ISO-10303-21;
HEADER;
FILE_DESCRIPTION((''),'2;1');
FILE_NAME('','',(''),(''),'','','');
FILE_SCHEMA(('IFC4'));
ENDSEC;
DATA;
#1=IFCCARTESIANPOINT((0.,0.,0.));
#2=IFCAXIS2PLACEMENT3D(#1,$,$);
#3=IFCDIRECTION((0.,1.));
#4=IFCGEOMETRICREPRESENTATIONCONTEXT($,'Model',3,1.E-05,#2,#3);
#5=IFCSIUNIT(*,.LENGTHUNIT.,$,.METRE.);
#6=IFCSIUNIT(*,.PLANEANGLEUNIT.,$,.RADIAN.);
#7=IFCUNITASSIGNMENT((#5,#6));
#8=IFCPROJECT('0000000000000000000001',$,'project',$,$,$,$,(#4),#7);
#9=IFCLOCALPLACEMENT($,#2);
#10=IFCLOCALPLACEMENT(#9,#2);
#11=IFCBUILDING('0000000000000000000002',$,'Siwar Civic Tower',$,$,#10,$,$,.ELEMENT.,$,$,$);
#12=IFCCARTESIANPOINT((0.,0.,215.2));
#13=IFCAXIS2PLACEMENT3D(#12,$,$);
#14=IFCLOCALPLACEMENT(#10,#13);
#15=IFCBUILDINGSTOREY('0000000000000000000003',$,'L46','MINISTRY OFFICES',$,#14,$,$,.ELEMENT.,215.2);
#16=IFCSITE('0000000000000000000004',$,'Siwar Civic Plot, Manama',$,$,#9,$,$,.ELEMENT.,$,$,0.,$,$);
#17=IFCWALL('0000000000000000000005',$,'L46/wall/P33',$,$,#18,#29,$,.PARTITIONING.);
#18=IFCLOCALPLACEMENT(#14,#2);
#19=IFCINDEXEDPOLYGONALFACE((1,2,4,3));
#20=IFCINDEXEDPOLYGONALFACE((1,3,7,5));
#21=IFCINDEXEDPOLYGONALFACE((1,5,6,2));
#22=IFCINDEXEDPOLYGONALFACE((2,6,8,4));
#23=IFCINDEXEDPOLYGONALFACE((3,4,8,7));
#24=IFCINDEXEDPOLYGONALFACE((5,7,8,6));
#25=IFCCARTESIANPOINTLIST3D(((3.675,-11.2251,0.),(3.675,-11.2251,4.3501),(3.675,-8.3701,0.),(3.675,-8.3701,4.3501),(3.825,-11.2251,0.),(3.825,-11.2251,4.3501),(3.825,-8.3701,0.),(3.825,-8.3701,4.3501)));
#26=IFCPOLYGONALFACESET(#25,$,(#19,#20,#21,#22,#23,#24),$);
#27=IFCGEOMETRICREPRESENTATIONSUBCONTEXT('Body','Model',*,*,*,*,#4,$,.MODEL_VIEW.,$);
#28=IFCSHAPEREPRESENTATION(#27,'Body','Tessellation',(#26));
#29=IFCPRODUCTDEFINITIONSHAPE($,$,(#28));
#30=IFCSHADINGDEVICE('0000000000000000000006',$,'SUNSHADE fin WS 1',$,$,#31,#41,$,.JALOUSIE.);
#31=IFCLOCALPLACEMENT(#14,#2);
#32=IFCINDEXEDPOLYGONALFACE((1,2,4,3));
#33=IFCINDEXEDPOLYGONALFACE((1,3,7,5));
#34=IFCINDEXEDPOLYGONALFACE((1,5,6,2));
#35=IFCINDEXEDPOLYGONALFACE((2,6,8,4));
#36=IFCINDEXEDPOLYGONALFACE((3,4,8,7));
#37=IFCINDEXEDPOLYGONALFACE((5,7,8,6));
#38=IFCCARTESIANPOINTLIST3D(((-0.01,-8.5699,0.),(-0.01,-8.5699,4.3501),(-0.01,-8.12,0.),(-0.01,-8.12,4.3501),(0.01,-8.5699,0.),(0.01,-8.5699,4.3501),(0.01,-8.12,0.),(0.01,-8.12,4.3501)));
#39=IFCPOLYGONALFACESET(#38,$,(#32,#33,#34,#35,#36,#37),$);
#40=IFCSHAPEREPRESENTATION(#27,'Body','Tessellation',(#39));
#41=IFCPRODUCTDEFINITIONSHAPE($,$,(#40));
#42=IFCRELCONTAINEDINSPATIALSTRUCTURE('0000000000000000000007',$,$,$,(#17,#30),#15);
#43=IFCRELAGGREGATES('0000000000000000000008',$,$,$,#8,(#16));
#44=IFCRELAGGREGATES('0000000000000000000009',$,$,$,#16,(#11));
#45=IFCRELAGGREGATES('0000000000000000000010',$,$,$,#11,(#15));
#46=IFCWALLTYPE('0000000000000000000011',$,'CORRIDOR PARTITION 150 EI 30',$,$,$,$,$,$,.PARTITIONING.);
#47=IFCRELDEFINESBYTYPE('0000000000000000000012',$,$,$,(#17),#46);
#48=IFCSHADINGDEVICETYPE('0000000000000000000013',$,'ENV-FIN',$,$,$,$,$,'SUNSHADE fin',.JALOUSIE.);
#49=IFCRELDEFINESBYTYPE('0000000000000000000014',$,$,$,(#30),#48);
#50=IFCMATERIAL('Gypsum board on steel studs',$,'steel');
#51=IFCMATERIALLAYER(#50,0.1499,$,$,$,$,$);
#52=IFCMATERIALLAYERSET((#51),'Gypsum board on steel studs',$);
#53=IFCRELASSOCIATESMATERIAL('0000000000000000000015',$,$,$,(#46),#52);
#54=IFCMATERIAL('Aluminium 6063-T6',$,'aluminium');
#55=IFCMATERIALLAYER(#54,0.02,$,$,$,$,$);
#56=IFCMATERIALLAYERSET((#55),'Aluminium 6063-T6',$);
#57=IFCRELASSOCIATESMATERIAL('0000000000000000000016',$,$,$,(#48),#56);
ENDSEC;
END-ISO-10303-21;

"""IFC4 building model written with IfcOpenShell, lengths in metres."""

from ifc_helpers import new_model, si_unit, direction, frame, frame_2d, origin, origin_2d, place, context, subcontext, project, spatial, rectangle, extrude, material, layer, layer_set, type_object, element, save


model = new_model("IFC4")

# Units and contexts
model_context = context("Model", 3, precision=1e-05, world=origin(), true_north=direction((0.0, 1.0)))
body_context = subcontext(model_context, "Body", "Model", "MODEL_VIEW")
ifc_project = project(units=[si_unit("LENGTHUNIT", "METRE"), si_unit("PLANEANGLEUNIT", "RADIAN")], contexts=[model_context])

# Site, building, storey
site_placement = place(None, origin())
site = spatial("IfcSite", under=ifc_project, at=site_placement, Name="Siwar Civic Plot, Manama", CompositionType="ELEMENT", RefElevation=0.0)
building_placement = place(site_placement, origin())
building = spatial("IfcBuilding", under=site, at=building_placement, Name="Siwar Civic Tower", CompositionType="ELEMENT")
storey_placement = place(building_placement, frame((0.0, 0.0, 215.2)))
storey = spatial("IfcBuildingStorey", under=building, at=storey_placement, Name="L46", Description="MINISTRY OFFICES", CompositionType="ELEMENT", Elevation=215.2)

# Wall
ifc_material_1 = material(Name="Gypsum board on steel studs", Category="steel")
ifc_layer_1 = layer(ifc_material_1, 0.1499)
ifc_layer_set_1 = layer_set([ifc_layer_1], Name="Gypsum board on steel studs")
wall_type = type_object("IfcWallType", Name="CORRIDOR PARTITION 150 EI 30", PredefinedType="PARTITIONING", material=ifc_layer_set_1)
wall_placement = place(storey_placement, frame((3.75, -11.2251, 0.0), z_axis=(0.0, 0.0, 1.0), x_axis=(0.0, 1.0, 0.0)))
element("IfcWall", 1, at=wall_placement, inside=storey, type_object=wall_type, Name="L46/wall/P33", PredefinedType="PARTITIONING", context=body_context, shape_type="SweptSolid", body=[
    extrude(rectangle(XDim=2.855, YDim=0.1499, at=frame_2d((1.4275, 0.0))), origin(), (0.0, 0.0, 1.0), 4.3501),
])

# Shading device
ifc_material_2 = material(Name="Aluminium 6063-T6", Category="aluminium")
ifc_layer_2 = layer(ifc_material_2, 0.02)
ifc_layer_set_2 = layer_set([ifc_layer_2], Name="Aluminium 6063-T6")
shading_device_type = type_object("IfcShadingDeviceType", Name="ENV-FIN", ElementType="SUNSHADE fin", PredefinedType="JALOUSIE", material=ifc_layer_set_2)
shading_device_placement = place(storey_placement, frame((0.0, -8.345, 0.0), z_axis=(0.0, 0.0, 1.0), x_axis=(1.0, 0.0, 0.0)))
element("IfcShadingDevice", 2, at=shading_device_placement, inside=storey, type_object=shading_device_type, Name="SUNSHADE fin WS 1", PredefinedType="JALOUSIE", context=body_context, shape_type="SweptSolid", body=[
    extrude(rectangle(XDim=0.02, YDim=0.45, at=origin_2d()), origin(), (0.0, 0.0, 1.0), 4.3501),
])

save(model, "model.ifc")
